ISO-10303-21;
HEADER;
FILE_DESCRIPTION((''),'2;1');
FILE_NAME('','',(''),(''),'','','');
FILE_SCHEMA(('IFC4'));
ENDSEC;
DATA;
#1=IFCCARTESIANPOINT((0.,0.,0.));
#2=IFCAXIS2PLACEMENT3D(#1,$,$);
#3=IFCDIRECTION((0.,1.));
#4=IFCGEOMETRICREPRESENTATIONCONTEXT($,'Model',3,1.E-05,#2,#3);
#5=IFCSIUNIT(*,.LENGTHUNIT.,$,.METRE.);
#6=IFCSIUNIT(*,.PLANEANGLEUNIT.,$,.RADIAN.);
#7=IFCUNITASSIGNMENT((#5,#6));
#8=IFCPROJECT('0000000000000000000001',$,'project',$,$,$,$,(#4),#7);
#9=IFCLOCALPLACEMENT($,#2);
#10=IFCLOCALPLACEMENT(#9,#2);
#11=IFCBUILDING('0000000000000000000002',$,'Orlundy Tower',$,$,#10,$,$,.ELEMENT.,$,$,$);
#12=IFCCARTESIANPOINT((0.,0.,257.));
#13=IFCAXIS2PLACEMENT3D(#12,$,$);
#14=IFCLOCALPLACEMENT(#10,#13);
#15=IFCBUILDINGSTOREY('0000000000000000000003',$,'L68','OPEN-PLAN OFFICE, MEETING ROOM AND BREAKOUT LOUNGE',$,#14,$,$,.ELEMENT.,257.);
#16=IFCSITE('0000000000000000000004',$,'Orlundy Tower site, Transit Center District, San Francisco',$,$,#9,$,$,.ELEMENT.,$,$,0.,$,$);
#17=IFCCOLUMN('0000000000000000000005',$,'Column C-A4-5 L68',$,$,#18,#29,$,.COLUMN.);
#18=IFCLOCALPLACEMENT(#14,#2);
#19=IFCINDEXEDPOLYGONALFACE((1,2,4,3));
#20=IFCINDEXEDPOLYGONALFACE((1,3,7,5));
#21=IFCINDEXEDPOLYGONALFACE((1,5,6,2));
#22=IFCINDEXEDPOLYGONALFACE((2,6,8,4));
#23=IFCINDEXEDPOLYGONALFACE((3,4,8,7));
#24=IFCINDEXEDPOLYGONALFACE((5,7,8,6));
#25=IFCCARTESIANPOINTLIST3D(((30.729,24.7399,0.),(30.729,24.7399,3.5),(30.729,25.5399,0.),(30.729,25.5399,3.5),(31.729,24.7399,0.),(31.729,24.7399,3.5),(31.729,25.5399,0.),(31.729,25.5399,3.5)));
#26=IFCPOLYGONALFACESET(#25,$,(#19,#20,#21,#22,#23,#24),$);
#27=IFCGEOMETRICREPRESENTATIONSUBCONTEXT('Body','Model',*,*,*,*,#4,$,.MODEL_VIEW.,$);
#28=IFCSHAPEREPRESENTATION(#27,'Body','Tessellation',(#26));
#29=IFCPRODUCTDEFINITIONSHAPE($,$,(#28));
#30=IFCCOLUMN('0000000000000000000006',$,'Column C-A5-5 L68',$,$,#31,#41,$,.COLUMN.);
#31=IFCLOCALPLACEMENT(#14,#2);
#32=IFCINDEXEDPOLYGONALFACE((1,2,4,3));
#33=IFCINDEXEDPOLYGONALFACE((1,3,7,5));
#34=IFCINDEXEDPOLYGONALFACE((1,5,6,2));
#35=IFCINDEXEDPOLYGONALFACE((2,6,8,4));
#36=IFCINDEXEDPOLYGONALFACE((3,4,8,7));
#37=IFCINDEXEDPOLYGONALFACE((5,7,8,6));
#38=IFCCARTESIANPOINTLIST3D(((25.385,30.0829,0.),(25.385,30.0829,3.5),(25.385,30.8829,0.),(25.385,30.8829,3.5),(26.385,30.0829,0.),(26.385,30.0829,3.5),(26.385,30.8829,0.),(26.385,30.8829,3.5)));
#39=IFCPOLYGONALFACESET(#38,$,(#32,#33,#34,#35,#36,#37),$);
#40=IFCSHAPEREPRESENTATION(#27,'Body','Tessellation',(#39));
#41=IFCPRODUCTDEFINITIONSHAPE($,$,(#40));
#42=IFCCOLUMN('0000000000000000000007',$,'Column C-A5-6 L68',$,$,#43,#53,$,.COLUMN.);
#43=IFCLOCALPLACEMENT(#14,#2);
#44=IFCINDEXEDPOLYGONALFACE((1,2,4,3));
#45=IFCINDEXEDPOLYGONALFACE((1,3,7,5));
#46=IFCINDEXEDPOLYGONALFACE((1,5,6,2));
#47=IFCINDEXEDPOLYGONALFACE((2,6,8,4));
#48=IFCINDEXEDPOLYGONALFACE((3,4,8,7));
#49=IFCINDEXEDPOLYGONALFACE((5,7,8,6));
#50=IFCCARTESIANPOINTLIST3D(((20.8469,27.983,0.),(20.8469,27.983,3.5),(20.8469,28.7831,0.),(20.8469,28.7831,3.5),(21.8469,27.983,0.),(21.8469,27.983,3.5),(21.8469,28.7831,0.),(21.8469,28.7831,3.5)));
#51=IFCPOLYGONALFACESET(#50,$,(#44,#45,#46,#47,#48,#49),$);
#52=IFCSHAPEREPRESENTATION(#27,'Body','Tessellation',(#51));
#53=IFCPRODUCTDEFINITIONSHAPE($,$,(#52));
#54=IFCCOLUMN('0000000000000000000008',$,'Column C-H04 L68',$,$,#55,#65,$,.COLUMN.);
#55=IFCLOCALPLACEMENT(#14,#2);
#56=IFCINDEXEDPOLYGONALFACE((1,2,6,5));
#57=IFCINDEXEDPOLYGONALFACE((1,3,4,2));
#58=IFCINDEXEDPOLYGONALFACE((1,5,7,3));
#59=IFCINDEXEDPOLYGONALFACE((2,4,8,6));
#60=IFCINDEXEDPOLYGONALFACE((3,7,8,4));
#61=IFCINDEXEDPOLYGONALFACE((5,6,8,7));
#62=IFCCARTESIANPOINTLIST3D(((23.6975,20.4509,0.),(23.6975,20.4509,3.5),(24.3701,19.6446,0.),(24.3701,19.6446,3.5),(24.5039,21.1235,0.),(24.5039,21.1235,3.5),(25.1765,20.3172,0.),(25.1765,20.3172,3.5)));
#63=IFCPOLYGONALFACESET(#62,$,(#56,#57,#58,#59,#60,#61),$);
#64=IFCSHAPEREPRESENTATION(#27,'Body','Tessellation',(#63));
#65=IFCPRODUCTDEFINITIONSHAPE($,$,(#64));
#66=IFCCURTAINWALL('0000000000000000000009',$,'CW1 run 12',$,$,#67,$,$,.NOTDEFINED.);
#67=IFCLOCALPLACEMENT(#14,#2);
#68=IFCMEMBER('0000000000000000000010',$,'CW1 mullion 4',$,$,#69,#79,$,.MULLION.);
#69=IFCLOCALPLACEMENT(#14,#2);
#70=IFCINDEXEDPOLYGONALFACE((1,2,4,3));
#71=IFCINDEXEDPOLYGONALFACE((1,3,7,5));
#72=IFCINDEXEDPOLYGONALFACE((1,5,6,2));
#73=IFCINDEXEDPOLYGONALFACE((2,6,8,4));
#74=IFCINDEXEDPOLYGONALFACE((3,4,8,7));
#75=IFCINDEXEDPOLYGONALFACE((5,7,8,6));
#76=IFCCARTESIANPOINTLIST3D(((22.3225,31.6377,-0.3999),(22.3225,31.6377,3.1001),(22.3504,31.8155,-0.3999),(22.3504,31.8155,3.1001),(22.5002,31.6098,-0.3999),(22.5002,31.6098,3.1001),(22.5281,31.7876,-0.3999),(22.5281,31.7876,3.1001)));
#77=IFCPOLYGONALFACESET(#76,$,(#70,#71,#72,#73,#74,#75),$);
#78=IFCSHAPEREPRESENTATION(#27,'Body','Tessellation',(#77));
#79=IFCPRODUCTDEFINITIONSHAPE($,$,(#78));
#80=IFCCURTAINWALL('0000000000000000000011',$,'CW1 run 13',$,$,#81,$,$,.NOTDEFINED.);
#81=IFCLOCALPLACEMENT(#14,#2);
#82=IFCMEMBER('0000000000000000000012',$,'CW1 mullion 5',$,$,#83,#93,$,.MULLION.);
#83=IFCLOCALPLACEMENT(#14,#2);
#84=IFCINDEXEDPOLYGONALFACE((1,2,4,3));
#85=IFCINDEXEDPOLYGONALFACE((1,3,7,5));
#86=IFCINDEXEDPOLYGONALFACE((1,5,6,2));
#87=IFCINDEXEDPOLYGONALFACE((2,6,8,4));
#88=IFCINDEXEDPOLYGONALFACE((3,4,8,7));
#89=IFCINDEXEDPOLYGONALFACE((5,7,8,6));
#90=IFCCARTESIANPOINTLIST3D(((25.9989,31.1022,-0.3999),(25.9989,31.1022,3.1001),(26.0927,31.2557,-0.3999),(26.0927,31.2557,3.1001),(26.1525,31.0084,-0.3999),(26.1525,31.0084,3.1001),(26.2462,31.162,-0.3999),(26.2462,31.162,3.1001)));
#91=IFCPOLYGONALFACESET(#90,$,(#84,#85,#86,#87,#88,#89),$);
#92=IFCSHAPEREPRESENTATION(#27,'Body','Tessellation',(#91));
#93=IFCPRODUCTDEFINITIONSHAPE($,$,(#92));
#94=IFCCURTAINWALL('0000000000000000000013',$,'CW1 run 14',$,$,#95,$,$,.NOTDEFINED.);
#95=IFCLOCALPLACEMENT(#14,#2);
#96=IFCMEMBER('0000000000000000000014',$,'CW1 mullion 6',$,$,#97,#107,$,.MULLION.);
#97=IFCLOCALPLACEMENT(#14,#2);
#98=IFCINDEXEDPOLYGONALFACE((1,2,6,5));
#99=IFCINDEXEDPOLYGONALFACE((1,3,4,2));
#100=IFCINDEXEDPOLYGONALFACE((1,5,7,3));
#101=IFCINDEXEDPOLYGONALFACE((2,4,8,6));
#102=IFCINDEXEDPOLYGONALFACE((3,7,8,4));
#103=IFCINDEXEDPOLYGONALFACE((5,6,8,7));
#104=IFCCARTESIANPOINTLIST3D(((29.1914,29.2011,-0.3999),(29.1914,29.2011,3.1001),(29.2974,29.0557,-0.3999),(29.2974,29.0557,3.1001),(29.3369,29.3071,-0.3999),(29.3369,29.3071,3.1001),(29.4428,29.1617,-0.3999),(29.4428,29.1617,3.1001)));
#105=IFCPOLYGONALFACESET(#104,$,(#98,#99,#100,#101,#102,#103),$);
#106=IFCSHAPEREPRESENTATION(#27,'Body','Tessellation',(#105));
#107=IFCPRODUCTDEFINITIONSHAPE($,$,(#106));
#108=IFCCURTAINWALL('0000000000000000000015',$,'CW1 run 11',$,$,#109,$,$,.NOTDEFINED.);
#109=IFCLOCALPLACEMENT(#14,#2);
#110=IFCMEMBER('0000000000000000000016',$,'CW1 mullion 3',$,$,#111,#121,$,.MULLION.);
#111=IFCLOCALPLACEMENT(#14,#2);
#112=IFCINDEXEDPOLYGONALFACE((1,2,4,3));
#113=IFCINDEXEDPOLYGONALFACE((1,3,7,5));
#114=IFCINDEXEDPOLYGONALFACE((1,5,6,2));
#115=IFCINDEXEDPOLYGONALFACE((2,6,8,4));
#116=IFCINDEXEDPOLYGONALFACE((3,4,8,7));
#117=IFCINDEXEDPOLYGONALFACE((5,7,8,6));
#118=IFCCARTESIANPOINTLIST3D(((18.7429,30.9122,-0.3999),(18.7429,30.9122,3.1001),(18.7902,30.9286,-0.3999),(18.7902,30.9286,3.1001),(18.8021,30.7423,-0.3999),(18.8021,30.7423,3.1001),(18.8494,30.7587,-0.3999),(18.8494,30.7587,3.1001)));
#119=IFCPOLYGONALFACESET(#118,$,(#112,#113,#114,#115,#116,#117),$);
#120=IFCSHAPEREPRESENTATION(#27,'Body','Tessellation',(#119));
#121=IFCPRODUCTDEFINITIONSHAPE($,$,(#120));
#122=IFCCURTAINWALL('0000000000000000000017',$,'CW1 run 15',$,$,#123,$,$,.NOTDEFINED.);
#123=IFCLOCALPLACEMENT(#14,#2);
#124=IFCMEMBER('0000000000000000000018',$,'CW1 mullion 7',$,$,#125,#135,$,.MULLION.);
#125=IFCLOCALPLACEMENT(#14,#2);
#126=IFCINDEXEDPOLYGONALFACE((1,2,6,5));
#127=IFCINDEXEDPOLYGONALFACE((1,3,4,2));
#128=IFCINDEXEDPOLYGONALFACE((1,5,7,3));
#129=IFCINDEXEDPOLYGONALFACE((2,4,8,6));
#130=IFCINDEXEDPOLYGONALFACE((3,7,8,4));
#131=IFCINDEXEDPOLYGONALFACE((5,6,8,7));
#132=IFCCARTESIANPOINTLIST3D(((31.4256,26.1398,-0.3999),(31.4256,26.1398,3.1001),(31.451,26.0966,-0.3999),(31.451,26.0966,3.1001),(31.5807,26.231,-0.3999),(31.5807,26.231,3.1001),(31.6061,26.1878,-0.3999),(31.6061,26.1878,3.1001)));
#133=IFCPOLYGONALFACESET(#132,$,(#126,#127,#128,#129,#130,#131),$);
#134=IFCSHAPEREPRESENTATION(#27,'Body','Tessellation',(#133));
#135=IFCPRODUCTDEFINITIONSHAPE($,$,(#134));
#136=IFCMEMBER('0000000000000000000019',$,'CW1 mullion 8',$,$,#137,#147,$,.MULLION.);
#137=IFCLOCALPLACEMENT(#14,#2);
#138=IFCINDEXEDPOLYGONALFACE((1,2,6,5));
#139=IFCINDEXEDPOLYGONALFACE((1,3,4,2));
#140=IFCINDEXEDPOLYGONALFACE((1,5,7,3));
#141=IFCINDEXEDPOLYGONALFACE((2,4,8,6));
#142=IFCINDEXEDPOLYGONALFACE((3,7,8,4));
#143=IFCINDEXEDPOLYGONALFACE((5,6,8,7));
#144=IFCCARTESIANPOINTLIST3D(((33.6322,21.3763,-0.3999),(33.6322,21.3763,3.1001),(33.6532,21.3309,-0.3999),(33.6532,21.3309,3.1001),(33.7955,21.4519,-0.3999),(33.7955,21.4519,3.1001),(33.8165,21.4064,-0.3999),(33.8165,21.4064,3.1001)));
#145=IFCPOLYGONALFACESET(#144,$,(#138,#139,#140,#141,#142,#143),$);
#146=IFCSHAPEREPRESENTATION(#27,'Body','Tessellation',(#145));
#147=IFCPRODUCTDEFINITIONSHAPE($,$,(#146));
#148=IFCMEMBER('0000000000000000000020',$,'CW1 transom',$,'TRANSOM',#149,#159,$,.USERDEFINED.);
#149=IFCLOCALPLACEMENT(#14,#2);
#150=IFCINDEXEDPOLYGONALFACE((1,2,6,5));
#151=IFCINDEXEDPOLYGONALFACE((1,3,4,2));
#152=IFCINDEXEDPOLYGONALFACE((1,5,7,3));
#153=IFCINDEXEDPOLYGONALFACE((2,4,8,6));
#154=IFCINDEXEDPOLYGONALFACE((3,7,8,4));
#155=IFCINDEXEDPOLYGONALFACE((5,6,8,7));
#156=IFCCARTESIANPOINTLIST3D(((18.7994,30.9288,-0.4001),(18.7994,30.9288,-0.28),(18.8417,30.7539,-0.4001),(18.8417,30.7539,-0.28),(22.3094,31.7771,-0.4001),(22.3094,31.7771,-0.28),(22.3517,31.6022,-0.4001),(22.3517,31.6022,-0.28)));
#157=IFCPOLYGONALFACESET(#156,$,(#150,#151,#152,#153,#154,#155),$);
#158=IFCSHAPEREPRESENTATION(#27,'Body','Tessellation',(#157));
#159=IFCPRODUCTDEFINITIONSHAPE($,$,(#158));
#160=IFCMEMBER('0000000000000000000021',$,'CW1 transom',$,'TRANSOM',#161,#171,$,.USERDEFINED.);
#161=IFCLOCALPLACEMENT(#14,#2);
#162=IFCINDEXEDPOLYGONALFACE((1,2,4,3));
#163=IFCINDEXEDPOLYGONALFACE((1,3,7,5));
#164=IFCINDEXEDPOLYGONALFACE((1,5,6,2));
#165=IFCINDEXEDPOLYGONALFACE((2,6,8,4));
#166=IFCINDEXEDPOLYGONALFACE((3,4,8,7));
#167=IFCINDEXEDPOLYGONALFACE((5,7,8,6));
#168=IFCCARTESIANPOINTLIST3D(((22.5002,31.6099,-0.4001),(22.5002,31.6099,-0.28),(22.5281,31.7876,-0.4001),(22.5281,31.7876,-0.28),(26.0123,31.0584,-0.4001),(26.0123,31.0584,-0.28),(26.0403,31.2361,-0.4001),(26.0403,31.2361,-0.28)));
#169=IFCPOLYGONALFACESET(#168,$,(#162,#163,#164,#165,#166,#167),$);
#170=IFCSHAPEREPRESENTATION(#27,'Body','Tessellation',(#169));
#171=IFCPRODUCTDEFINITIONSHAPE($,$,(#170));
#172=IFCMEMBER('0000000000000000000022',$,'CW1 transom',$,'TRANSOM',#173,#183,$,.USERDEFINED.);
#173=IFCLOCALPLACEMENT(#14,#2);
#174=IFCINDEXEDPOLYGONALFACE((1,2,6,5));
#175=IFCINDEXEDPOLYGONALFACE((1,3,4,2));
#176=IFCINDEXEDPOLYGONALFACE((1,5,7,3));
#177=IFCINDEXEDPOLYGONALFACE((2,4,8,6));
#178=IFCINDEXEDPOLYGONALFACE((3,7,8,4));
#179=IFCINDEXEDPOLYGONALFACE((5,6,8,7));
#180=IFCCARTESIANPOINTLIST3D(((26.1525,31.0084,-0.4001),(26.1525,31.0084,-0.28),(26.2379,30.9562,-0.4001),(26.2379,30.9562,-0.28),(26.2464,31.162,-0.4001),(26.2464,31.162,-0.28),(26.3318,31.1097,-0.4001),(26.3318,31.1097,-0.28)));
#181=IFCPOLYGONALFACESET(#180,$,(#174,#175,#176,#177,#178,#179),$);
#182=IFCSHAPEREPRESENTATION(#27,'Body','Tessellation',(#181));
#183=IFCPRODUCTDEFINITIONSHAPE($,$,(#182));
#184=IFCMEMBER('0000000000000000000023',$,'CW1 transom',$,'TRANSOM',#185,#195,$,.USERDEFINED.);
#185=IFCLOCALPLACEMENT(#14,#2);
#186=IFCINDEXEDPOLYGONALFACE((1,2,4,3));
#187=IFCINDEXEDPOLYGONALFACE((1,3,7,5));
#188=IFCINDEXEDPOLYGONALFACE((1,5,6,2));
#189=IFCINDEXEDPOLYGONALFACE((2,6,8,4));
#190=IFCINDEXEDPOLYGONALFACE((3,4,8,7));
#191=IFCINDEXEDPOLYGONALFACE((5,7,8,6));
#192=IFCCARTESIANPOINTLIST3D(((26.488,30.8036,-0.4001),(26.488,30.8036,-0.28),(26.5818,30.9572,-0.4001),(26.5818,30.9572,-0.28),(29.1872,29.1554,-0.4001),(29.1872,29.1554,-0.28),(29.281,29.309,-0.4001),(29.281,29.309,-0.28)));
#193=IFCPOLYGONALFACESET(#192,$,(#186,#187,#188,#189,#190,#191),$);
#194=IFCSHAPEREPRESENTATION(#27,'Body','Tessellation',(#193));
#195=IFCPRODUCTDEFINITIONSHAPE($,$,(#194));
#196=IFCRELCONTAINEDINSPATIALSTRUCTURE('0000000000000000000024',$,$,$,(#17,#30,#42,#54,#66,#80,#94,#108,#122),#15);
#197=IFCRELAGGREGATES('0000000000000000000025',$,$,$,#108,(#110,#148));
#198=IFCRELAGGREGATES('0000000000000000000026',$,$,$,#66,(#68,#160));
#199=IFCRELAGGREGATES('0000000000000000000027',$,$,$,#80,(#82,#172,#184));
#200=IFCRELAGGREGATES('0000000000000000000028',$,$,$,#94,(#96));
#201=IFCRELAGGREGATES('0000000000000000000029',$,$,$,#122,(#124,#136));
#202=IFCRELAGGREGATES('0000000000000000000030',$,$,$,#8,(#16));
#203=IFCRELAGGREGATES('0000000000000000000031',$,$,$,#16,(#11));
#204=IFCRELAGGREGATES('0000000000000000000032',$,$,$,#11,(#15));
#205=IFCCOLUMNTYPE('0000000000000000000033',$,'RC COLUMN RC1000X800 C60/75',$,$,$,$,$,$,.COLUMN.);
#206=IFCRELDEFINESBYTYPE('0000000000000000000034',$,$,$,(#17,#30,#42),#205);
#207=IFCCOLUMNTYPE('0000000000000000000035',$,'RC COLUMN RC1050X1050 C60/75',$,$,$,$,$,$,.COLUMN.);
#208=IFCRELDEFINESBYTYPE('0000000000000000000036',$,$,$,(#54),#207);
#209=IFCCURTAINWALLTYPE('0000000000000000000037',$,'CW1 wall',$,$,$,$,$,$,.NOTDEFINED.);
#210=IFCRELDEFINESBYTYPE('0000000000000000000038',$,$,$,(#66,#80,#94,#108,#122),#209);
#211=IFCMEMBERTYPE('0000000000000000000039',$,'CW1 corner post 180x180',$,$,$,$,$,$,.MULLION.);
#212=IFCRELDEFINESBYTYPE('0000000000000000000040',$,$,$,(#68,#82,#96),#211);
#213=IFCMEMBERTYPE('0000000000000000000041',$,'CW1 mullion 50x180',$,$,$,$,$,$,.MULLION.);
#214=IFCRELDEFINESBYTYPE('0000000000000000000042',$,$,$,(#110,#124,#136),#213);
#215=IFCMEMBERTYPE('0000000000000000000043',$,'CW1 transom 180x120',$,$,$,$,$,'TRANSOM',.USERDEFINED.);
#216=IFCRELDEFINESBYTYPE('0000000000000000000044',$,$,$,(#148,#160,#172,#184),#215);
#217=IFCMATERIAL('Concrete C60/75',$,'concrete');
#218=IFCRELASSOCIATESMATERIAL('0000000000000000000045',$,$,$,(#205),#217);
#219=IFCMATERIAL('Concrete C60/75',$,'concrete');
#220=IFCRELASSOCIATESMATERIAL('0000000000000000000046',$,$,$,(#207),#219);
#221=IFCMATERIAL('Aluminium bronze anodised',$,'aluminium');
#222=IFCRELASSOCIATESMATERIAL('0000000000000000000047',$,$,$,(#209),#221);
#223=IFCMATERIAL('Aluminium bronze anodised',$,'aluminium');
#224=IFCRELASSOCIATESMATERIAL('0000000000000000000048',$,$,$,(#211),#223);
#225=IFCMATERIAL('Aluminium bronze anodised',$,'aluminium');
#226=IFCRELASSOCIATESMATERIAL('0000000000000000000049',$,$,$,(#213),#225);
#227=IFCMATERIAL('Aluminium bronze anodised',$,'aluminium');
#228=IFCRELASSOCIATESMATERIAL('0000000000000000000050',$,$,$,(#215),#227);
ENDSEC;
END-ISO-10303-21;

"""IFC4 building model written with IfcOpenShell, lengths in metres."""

from ifc_helpers import new_model, si_unit, direction, frame, origin, origin_2d, place, context, subcontext, project, spatial, rectangle, extrude, material, material_profile, profile_set, type_object, element, aggregate, save


model = new_model("IFC4")

# Units and contexts
model_context = context("Model", 3, precision=1e-05, world=origin(), true_north=direction((0.0, 1.0)))
body_context = subcontext(model_context, "Body", "Model", "MODEL_VIEW")
ifc_project = project(units=[si_unit("LENGTHUNIT", "METRE"), si_unit("PLANEANGLEUNIT", "RADIAN")], contexts=[model_context])

# Site, building, storey
site_placement = place(None, origin())
site = spatial("IfcSite", under=ifc_project, at=site_placement, Name="Orlundy Tower site, Transit Center District, San Francisco", CompositionType="ELEMENT", RefElevation=0.0)
building_placement = place(site_placement, origin())
building = spatial("IfcBuilding", under=site, at=building_placement, Name="Orlundy Tower", CompositionType="ELEMENT")
storey_placement = place(building_placement, frame((0.0, 0.0, 257.0)))
storey = spatial("IfcBuildingStorey", under=building, at=storey_placement, Name="L68", Description="OPEN-PLAN OFFICE, MEETING ROOM AND BREAKOUT LOUNGE", CompositionType="ELEMENT", Elevation=257.0)

# Columns
ifc_material_1 = material(Name="Concrete C60/75", Category="concrete")
ifc_material_profile_1 = material_profile(ifc_material_1, rectangle(XDim=1.0, YDim=0.8, at=origin_2d()), Name="RC1000X800")
ifc_profile_set_1 = profile_set([ifc_material_profile_1], Name="Concrete C60/75")
column_type_1 = type_object("IfcColumnType", Name="RC COLUMN RC1000X800 C60/75", PredefinedType="COLUMN", material=ifc_profile_set_1)
for number, where, z_axis, x_axis, name in (
    (1, (31.229, 25.1399, 0.0), (0.0, 0.0, 1.0), (1.0, 0.0, 0.0), "Column C-A4-5 L68"),
    (2, (25.885, 30.4829, 0.0), (0.0, 0.0, 1.0), (1.0, 0.0, 0.0), "Column C-A5-5 L68"),
    (3, (21.3469, 28.3831, 0.0), (0.0, 0.0, 1.0), (1.0, 0.0, 0.0), "Column C-A5-6 L68"),
):
    element("IfcColumn", number, at=place(storey_placement, frame(where, z_axis=z_axis, x_axis=x_axis)), inside=storey, type_object=column_type_1, Name=name, PredefinedType="COLUMN", context=body_context, shape_type="SweptSolid", body=[
        extrude(rectangle(XDim=1.0, YDim=0.8, at=origin_2d()), origin(), (0.0, 0.0, 1.0), 3.5),
    ])
ifc_material_2 = material(Name="Concrete C60/75", Category="concrete")
ifc_material_profile_2 = material_profile(ifc_material_2, rectangle(XDim=1.05, YDim=1.05, at=origin_2d()), Name="RC1050X1050")
ifc_profile_set_2 = profile_set([ifc_material_profile_2], Name="Concrete C60/75")
column_type_2 = type_object("IfcColumnType", Name="RC COLUMN RC1050X1050 C60/75", PredefinedType="COLUMN", material=ifc_profile_set_2)
column_placement = place(storey_placement, frame((24.437, 20.384, 0.0), z_axis=(0.0, 0.0, 1.0), x_axis=(0.767915, 0.640552, 0.0)))
element("IfcColumn", 4, at=column_placement, inside=storey, type_object=column_type_2, Name="Column C-H04 L68", PredefinedType="COLUMN", context=body_context, shape_type="SweptSolid", body=[
    extrude(rectangle(XDim=1.05, YDim=1.05, at=origin_2d()), origin(), (0.0, 0.0, 1.0), 3.5),
])

# Curtain walls, members
ifc_material_3 = material(Name="Aluminium bronze anodised", Category="aluminium")
curtain_wall_type = type_object("IfcCurtainWallType", Name="CW1 wall", PredefinedType="NOTDEFINED", material=ifc_material_3)
curtain_wall_1_placement = place(storey_placement, origin())
curtain_wall_1 = element("IfcCurtainWall", 5, at=curtain_wall_1_placement, inside=storey, type_object=curtain_wall_type, Name="CW1 run 12", PredefinedType="NOTDEFINED")
ifc_material_4 = material(Name="Aluminium bronze anodised", Category="aluminium")
ifc_material_profile_3 = material_profile(ifc_material_4, rectangle(XDim=0.1799, YDim=0.1799, at=origin_2d()), Name="CW1 corner post 180x180")
ifc_profile_set_3 = profile_set([ifc_material_profile_3], Name="Aluminium bronze anodised")
member_type_1 = type_object("IfcMemberType", Name="CW1 corner post 180x180", PredefinedType="MULLION", material=ifc_profile_set_3)
member_1_placement = place(storey_placement, frame((22.4253, 31.7126, -0.3999), z_axis=(0.0, 0.0, 1.0), x_axis=(0.155117, 0.987896, 0.0)))
member_1 = element("IfcMember", 6, at=member_1_placement, type_object=member_type_1, Name="CW1 mullion 4", PredefinedType="MULLION", context=body_context, shape_type="SweptSolid", body=[
    extrude(rectangle(XDim=0.1799, YDim=0.1799, at=origin_2d()), origin(), (0.0, 0.0, 1.0), 3.5),
])
curtain_wall_2_placement = place(storey_placement, origin())
curtain_wall_2 = element("IfcCurtainWall", 7, at=curtain_wall_2_placement, inside=storey, type_object=curtain_wall_type, Name="CW1 run 13", PredefinedType="NOTDEFINED")
member_2_placement = place(storey_placement, frame((26.1226, 31.1321, -0.3999), z_axis=(0.0, 0.0, 1.0), x_axis=(0.521144, 0.853468, 0.0)))
member_2 = element("IfcMember", 8, at=member_2_placement, type_object=member_type_1, Name="CW1 mullion 5", PredefinedType="MULLION", context=body_context, shape_type="SweptSolid", body=[
    extrude(rectangle(XDim=0.1799, YDim=0.1799, at=origin_2d()), origin(), (0.0, 0.0, 1.0), 3.5),
])
curtain_wall_3_placement = place(storey_placement, origin())
curtain_wall_3 = element("IfcCurtainWall", 9, at=curtain_wall_3_placement, inside=storey, type_object=curtain_wall_type, Name="CW1 run 14", PredefinedType="NOTDEFINED")
member_3_placement = place(storey_placement, frame((29.3171, 29.1814, -0.3999), z_axis=(0.0, 0.0, 1.0), x_axis=(0.808211, 0.588893, 0.0)))
member_3 = element("IfcMember", 10, at=member_3_placement, type_object=member_type_1, Name="CW1 mullion 6", PredefinedType="MULLION", context=body_context, shape_type="SweptSolid", body=[
    extrude(rectangle(XDim=0.1799, YDim=0.1799, at=origin_2d()), origin(), (0.0, 0.0, 1.0), 3.5),
])
curtain_wall_4_placement = place(storey_placement, origin())
curtain_wall_4 = element("IfcCurtainWall", 11, at=curtain_wall_4_placement, inside=storey, type_object=curtain_wall_type, Name="CW1 run 11", PredefinedType="NOTDEFINED")
ifc_material_5 = material(Name="Aluminium bronze anodised", Category="aluminium")
ifc_material_profile_4 = material_profile(ifc_material_5, rectangle(XDim=0.1799, YDim=0.05, at=origin_2d()), Name="CW1 mullion 50x180")
ifc_profile_set_4 = profile_set([ifc_material_profile_4], Name="Aluminium bronze anodised")
member_type_2 = type_object("IfcMemberType", Name="CW1 mullion 50x180", PredefinedType="MULLION", material=ifc_profile_set_4)
member_4_placement = place(storey_placement, frame((18.7961, 30.8354, -0.3999), z_axis=(0.0, 0.0, 1.0), x_axis=(-0.329058, 0.94431, 0.0)))
member_4 = element("IfcMember", 12, at=member_4_placement, type_object=member_type_2, Name="CW1 mullion 3", PredefinedType="MULLION", context=body_context, shape_type="SweptSolid", body=[
    extrude(rectangle(XDim=0.1799, YDim=0.05, at=origin_2d()), origin(), (0.0, 0.0, 1.0), 3.5),
])

# Curtain wall, members
curtain_wall_5_placement = place(storey_placement, origin())
curtain_wall_5 = element("IfcCurtainWall", 13, at=curtain_wall_5_placement, inside=storey, type_object=curtain_wall_type, Name="CW1 run 15", PredefinedType="NOTDEFINED")
member_5_placement = place(storey_placement, frame((31.5159, 26.1638, -0.3999), z_axis=(0.0, 0.0, 1.0), x_axis=(0.862025, 0.506866, 0.0)))
member_5 = element("IfcMember", 14, at=member_5_placement, type_object=member_type_2, Name="CW1 mullion 7", PredefinedType="MULLION", context=body_context, shape_type="SweptSolid", body=[
    extrude(rectangle(XDim=0.1799, YDim=0.05, at=origin_2d()), origin(), (0.0, 0.0, 1.0), 3.5),
])
member_6_placement = place(storey_placement, frame((33.7244, 21.3914, -0.3999), z_axis=(0.0, 0.0, 1.0), x_axis=(0.907542, 0.419961, 0.0)))
member_6 = element("IfcMember", 15, at=member_6_placement, type_object=member_type_2, Name="CW1 mullion 8", PredefinedType="MULLION", context=body_context, shape_type="SweptSolid", body=[
    extrude(rectangle(XDim=0.1799, YDim=0.05, at=origin_2d()), origin(), (0.0, 0.0, 1.0), 3.5),
])

# Members
ifc_material_6 = material(Name="Aluminium bronze anodised", Category="aluminium")
ifc_material_profile_5 = material_profile(ifc_material_6, rectangle(XDim=0.1799, YDim=0.1201, at=origin_2d()), Name="CW1 transom 180x120")
ifc_profile_set_5 = profile_set([ifc_material_profile_5], Name="Aluminium bronze anodised")
member_type_3 = type_object("IfcMemberType", Name="CW1 transom 180x120", ElementType="TRANSOM", PredefinedType="USERDEFINED", material=ifc_profile_set_5)
member_7_placement = place(storey_placement, frame((18.8206, 30.8413, -0.3401), z_axis=(0.97201, 0.23494, 0.0), x_axis=(-0.23494, 0.97201, 0.0)))
member_7 = element("IfcMember", 16, at=member_7_placement, type_object=member_type_3, Name="CW1 transom", ObjectType="TRANSOM", PredefinedType="USERDEFINED", context=body_context, shape_type="SweptSolid", body=[
    extrude(rectangle(XDim=0.1799, YDim=0.1201, at=origin_2d()), origin(), (0.0, 0.0, 1.0), 3.6111),
])
member_8_placement = place(storey_placement, frame((22.5142, 31.6987, -0.3401), z_axis=(0.987895, -0.155127, 0.0), x_axis=(0.155127, 0.987895, 0.0)))
member_8 = element("IfcMember", 17, at=member_8_placement, type_object=member_type_3, Name="CW1 transom", ObjectType="TRANSOM", PredefinedType="USERDEFINED", context=body_context, shape_type="SweptSolid", body=[
    extrude(rectangle(XDim=0.1799, YDim=0.1201, at=origin_2d()), origin(), (0.0, 0.0, 1.0), 3.5552),
])
member_9_placement = place(storey_placement, frame((26.1995, 31.0852, -0.3401), z_axis=(0.853161, -0.521647, 0.0), x_axis=(0.521647, 0.853161, 0.0)))
member_9 = element("IfcMember", 18, at=member_9_placement, type_object=member_type_3, Name="CW1 transom", ObjectType="TRANSOM", PredefinedType="USERDEFINED", context=body_context, shape_type="SweptSolid", body=[
    extrude(rectangle(XDim=0.1799, YDim=0.1201, at=origin_2d()), origin(), (0.0, 0.0, 1.0), 0.1001),
])
member_10_placement = place(storey_placement, frame((26.5349, 30.8804, -0.3401), z_axis=(0.853469, -0.521144, 0.0), x_axis=(0.521144, 0.853469, 0.0)))
member_10 = element("IfcMember", 19, at=member_10_placement, type_object=member_type_3, Name="CW1 transom", ObjectType="TRANSOM", PredefinedType="USERDEFINED", context=body_context, shape_type="SweptSolid", body=[
    extrude(rectangle(XDim=0.1799, YDim=0.1201, at=origin_2d()), origin(), (0.0, 0.0, 1.0), 3.1626),
])

aggregate(curtain_wall_4, [member_4, member_7])
aggregate(curtain_wall_1, [member_1, member_8])
aggregate(curtain_wall_2, [member_2, member_9, member_10])
aggregate(curtain_wall_3, [member_3])
aggregate(curtain_wall_5, [member_5, member_6])

save(model, "model.ifc")
